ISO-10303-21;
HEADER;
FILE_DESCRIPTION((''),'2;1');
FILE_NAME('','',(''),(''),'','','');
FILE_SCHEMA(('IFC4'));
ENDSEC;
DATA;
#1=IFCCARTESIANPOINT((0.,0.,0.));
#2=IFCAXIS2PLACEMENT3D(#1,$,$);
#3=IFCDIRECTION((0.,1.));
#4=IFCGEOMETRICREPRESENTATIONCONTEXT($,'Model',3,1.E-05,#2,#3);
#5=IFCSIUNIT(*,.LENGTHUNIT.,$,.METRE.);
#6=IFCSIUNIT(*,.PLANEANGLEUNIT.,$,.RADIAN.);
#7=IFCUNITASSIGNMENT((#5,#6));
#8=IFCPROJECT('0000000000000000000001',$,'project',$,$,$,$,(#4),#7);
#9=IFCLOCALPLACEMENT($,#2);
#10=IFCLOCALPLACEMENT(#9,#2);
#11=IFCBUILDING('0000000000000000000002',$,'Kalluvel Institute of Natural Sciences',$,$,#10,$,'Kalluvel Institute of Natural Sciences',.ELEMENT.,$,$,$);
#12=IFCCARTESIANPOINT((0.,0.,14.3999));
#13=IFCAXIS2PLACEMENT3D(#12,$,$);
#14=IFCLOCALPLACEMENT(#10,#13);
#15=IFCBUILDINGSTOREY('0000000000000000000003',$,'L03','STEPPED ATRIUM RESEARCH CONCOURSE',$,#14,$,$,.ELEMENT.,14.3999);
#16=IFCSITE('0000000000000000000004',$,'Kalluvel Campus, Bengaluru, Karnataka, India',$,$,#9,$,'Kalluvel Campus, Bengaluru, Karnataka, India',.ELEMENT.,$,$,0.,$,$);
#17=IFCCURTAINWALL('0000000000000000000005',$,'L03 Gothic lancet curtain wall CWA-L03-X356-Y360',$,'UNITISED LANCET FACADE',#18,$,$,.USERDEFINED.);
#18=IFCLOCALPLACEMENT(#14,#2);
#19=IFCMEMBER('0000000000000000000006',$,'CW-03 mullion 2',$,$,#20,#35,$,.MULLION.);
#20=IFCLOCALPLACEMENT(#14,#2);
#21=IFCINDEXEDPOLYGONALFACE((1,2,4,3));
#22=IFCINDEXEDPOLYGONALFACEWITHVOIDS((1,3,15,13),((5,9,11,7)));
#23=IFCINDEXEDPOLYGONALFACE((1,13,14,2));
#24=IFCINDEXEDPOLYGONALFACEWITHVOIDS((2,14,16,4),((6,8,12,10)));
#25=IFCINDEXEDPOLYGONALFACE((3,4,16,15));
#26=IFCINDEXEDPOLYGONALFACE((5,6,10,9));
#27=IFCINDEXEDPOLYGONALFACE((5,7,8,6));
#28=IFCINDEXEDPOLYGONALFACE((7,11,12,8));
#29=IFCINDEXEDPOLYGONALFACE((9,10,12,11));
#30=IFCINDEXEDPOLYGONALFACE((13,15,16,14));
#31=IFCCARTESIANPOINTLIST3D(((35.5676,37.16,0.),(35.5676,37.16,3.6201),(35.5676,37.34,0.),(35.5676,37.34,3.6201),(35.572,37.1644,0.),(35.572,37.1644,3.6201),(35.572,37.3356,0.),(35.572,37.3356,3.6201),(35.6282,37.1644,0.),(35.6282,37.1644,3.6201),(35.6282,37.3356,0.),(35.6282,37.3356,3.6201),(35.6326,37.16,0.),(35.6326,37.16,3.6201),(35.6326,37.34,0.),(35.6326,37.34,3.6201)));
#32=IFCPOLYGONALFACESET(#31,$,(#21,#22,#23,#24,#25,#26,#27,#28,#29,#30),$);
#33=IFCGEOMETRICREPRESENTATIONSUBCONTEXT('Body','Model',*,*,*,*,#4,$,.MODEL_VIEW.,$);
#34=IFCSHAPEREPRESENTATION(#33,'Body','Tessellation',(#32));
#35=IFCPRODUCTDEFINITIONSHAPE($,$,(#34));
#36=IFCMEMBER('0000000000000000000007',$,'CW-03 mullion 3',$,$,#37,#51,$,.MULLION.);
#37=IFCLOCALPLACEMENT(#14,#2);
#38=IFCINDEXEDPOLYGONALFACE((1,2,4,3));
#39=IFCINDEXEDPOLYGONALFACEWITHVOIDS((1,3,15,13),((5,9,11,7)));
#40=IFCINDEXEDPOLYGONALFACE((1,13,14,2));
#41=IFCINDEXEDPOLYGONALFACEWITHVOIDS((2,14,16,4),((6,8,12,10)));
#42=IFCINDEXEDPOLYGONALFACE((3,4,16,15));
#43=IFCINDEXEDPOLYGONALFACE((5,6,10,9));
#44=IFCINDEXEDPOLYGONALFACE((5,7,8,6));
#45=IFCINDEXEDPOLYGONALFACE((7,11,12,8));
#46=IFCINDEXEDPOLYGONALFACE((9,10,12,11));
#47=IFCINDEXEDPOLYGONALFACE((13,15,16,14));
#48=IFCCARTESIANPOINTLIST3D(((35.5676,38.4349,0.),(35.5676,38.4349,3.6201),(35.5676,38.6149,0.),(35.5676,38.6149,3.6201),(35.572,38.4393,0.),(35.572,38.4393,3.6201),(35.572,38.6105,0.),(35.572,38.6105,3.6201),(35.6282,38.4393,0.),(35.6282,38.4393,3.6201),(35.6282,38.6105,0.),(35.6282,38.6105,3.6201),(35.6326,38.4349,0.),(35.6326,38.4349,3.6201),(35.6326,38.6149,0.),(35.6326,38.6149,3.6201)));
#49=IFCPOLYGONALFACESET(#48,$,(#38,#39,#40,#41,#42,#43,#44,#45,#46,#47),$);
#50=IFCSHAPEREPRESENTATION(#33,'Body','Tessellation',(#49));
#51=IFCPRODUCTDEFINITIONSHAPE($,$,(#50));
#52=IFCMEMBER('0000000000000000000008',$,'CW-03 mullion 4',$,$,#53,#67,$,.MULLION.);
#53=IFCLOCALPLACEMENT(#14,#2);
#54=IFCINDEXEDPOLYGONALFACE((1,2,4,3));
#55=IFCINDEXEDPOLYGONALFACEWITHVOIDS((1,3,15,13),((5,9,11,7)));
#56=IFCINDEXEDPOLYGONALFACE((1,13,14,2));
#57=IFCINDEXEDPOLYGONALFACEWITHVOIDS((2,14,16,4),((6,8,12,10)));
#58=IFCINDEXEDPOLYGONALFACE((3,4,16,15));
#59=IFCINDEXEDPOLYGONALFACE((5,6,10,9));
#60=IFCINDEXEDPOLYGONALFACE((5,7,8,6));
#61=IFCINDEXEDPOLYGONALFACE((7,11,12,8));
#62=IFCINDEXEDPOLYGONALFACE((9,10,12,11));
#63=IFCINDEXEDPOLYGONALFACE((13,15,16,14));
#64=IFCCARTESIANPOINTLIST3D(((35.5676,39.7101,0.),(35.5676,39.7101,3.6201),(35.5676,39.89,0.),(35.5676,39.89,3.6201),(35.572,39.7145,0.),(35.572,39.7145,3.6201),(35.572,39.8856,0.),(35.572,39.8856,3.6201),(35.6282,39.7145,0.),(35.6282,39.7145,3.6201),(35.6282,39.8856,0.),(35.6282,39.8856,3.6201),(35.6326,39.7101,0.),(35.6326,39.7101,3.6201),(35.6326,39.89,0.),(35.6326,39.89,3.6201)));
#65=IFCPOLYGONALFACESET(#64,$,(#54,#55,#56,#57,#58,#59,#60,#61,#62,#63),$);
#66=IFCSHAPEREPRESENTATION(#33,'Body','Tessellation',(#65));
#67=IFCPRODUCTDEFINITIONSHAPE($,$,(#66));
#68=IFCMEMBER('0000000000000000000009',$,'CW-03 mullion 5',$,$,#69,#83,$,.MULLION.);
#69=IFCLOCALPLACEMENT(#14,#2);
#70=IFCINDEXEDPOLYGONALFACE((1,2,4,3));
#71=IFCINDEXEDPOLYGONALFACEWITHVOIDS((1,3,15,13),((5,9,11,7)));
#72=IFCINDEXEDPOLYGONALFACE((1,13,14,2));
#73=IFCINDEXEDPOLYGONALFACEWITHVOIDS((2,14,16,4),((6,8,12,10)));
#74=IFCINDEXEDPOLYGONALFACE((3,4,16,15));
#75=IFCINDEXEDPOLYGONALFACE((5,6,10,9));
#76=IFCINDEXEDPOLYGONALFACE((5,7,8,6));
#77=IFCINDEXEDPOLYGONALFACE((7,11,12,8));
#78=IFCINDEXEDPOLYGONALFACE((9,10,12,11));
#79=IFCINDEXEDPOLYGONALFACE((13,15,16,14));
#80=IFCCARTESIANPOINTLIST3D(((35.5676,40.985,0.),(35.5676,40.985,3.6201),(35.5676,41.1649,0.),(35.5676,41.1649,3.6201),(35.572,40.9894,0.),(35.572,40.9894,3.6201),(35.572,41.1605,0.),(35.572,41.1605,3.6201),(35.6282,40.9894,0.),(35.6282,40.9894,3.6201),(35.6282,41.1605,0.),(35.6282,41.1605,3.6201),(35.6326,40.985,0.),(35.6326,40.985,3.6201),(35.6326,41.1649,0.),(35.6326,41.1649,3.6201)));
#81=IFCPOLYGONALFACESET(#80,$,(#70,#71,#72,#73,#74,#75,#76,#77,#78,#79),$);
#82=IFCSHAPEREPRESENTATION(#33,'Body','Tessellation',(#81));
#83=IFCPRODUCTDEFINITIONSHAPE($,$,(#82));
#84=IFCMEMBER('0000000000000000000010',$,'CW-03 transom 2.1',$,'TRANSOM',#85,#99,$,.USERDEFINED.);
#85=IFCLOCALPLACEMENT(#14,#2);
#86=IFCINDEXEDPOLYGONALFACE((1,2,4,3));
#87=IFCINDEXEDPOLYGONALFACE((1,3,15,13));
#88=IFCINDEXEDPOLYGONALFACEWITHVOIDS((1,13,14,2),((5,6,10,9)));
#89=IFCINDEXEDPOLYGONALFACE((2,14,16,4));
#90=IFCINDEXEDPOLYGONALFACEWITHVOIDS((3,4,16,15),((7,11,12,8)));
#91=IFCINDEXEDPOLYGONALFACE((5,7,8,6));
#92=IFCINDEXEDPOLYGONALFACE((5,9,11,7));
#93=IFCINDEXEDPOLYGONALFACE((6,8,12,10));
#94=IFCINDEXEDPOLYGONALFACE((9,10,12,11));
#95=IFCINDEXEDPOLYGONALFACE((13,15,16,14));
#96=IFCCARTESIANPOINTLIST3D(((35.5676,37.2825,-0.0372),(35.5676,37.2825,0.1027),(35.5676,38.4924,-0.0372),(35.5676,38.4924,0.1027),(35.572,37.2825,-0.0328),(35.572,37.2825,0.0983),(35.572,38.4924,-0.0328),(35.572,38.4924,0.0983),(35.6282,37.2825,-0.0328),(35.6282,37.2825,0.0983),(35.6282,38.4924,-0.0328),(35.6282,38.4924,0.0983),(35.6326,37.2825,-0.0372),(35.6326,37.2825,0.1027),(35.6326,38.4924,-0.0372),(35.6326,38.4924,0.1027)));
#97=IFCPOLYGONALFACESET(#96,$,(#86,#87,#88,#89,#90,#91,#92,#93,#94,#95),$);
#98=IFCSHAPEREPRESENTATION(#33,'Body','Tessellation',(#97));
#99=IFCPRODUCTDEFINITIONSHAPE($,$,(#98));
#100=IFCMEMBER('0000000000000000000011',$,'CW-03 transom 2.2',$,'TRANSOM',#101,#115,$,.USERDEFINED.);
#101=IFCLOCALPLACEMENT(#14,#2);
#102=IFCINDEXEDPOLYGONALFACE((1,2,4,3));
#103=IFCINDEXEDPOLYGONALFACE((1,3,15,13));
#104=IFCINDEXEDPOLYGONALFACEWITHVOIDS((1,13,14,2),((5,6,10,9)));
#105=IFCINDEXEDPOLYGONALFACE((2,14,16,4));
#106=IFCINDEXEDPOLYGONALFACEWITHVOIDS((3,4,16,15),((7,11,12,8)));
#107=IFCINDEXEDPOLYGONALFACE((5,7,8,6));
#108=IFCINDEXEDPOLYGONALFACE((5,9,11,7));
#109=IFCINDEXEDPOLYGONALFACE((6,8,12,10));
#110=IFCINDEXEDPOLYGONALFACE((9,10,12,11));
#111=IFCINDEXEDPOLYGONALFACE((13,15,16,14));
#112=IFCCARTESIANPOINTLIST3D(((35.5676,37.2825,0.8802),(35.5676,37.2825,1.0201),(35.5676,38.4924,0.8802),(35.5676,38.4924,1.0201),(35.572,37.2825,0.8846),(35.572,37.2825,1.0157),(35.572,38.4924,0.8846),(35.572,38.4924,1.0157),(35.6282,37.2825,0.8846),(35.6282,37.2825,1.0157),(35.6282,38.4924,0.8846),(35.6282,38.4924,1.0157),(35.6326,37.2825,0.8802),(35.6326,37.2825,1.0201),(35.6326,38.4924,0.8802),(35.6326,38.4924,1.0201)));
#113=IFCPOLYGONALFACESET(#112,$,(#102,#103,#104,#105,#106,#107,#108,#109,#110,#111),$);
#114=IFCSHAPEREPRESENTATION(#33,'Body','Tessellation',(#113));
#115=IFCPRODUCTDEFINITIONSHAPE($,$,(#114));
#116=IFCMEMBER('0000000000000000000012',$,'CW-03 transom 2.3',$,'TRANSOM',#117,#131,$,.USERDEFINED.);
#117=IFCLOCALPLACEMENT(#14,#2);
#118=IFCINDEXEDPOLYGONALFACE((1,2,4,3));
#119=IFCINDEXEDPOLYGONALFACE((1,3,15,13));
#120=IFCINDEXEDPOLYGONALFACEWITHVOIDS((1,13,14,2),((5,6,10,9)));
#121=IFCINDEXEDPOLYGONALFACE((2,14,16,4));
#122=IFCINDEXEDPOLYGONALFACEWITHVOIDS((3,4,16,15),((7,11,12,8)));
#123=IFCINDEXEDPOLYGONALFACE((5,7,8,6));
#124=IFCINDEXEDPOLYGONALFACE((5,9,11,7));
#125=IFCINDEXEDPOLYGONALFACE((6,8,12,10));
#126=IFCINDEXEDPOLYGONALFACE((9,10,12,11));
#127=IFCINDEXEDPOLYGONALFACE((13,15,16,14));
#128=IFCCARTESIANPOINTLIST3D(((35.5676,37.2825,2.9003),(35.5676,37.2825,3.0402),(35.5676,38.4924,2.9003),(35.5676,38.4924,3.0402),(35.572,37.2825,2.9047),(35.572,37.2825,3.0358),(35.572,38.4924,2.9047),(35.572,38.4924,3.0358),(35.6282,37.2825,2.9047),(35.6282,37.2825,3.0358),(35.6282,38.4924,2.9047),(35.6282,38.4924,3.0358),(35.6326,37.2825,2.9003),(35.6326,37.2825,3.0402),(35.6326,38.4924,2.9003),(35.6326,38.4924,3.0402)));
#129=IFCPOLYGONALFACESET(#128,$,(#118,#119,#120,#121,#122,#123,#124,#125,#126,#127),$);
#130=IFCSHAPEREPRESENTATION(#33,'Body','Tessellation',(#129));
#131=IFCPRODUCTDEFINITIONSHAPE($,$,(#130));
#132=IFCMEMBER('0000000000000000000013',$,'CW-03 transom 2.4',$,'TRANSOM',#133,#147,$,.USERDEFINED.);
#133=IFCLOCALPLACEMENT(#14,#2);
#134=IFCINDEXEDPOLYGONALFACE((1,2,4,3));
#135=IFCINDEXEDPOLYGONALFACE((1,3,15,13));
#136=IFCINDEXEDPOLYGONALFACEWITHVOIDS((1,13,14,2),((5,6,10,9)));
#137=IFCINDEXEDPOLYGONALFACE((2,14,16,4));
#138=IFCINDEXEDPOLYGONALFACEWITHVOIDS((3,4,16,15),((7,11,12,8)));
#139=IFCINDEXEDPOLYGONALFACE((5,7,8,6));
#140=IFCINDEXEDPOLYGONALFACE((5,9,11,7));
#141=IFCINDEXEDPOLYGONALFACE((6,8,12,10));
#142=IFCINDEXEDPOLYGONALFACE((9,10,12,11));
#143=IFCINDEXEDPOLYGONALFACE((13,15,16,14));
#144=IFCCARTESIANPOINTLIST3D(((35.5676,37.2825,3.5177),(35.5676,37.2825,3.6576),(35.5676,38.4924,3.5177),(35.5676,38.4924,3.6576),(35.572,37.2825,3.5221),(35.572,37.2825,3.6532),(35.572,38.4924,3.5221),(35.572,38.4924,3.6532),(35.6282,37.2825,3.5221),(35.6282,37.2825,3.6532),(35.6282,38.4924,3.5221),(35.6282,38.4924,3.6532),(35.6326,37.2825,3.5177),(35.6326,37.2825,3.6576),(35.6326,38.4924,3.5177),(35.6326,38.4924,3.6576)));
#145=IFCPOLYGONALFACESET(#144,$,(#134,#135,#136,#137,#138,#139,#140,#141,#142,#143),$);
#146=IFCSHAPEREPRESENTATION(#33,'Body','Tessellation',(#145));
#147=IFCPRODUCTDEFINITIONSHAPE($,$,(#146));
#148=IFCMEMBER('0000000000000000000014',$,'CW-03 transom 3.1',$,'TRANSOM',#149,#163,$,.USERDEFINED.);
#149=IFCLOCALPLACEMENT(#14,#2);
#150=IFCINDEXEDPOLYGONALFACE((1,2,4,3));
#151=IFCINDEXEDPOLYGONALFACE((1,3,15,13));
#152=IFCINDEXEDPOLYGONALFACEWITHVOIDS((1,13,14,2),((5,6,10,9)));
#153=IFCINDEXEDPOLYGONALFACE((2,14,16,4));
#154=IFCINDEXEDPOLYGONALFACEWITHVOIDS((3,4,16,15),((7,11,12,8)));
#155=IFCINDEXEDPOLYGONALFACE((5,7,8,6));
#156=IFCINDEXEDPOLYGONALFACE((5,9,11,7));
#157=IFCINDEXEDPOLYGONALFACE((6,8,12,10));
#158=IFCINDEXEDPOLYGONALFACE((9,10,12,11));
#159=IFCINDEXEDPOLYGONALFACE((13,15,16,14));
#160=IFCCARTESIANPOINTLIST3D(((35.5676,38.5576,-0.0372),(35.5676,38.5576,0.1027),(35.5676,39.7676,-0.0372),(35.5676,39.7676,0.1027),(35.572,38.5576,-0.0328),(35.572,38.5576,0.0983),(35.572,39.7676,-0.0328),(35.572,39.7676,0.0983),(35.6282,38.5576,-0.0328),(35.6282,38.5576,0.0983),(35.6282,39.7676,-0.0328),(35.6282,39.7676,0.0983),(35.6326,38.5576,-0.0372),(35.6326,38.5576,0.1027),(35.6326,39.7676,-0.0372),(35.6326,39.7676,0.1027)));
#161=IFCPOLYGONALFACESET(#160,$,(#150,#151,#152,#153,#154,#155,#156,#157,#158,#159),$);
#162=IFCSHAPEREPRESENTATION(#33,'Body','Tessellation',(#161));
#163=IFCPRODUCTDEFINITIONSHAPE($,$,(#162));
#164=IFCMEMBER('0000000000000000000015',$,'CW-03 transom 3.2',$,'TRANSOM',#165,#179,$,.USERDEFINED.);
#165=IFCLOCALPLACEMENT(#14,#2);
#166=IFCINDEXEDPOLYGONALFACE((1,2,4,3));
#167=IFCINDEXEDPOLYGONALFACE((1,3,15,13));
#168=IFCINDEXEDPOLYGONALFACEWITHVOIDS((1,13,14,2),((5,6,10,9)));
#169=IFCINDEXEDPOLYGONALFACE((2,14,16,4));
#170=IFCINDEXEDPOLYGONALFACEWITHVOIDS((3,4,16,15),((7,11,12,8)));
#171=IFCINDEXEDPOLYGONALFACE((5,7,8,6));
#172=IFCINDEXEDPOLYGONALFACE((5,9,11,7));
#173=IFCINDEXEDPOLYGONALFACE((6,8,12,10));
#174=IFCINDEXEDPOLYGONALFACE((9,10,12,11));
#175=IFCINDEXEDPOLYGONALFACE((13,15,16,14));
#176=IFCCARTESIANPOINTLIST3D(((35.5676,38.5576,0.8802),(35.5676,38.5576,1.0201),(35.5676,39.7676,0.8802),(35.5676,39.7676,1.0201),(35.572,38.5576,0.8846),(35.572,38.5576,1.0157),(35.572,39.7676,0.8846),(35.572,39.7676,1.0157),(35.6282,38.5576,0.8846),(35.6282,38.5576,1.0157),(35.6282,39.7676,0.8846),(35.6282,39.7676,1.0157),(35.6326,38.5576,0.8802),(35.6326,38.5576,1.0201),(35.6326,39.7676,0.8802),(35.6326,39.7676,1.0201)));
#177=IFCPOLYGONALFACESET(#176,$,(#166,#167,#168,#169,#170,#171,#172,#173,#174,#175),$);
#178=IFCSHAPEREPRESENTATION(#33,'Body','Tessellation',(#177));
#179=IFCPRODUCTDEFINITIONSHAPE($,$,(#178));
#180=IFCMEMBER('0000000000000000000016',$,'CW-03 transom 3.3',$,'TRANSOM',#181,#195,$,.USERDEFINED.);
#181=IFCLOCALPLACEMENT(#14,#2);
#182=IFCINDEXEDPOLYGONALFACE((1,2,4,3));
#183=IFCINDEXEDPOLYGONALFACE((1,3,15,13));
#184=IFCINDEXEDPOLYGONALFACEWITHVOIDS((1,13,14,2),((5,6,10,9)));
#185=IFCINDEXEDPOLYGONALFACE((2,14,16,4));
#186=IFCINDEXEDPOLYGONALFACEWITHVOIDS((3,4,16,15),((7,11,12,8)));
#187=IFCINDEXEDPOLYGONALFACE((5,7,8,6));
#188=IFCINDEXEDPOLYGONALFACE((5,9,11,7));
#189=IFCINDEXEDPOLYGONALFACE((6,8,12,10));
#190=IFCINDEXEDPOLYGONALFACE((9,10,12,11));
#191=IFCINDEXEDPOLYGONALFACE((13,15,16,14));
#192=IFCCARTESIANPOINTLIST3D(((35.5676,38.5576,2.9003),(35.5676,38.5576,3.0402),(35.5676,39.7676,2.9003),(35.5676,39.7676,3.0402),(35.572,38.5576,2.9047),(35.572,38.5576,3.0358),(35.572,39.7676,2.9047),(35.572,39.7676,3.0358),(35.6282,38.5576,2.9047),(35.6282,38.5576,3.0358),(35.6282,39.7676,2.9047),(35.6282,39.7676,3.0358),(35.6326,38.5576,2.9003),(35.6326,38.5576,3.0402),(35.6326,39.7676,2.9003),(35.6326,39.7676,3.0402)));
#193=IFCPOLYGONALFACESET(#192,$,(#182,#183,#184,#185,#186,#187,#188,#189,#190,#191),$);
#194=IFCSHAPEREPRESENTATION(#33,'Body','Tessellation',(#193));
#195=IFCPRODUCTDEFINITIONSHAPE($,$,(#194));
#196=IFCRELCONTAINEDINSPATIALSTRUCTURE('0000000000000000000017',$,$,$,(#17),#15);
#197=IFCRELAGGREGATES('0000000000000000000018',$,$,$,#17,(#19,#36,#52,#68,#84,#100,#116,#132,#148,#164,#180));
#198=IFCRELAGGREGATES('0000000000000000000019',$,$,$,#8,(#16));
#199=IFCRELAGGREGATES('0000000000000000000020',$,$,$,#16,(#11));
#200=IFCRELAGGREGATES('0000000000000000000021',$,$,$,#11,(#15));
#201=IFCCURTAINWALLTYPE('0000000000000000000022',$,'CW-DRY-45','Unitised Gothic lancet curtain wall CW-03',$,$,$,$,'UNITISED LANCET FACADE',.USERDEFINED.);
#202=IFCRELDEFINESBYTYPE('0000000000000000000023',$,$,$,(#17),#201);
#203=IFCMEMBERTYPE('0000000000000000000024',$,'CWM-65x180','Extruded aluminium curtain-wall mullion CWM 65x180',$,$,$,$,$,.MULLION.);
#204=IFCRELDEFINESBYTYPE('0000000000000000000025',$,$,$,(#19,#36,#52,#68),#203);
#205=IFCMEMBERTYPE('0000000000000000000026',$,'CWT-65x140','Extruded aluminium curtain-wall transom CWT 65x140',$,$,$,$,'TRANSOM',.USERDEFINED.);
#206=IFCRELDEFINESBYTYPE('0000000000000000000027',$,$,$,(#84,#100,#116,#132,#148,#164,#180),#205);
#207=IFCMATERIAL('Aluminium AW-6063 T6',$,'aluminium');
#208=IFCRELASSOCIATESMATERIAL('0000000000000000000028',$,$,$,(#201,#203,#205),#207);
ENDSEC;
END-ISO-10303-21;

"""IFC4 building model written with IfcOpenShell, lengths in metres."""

from ifc_helpers import new_model, si_unit, direction, frame, origin, origin_2d, place, context, subcontext, project, spatial, hollow_rectangle, extrude, material, material_profile, profile_set, type_object, element, aggregate, save


model = new_model("IFC4")

# Units and contexts
model_context = context("Model", 3, precision=1e-05, world=origin(), true_north=direction((0.0, 1.0)))
body_context = subcontext(model_context, "Body", "Model", "MODEL_VIEW")
ifc_project = project(units=[si_unit("LENGTHUNIT", "METRE"), si_unit("PLANEANGLEUNIT", "RADIAN")], contexts=[model_context])

# Site, building, storey
site_placement = place(None, origin())
site = spatial("IfcSite", under=ifc_project, at=site_placement, Name="Kalluvel Campus, Bengaluru, Karnataka, India", LongName="Kalluvel Campus, Bengaluru, Karnataka, India", CompositionType="ELEMENT", RefElevation=0.0)
building_placement = place(site_placement, origin())
building = spatial("IfcBuilding", under=site, at=building_placement, Name="Kalluvel Institute of Natural Sciences", LongName="Kalluvel Institute of Natural Sciences", CompositionType="ELEMENT")
storey_placement = place(building_placement, frame((0.0, 0.0, 14.3999)))
storey = spatial("IfcBuildingStorey", under=building, at=storey_placement, Name="L03", Description="STEPPED ATRIUM RESEARCH CONCOURSE", CompositionType="ELEMENT", Elevation=14.3999)

# Curtain wall, members
ifc_material_1 = material(Name="Aluminium AW-6063 T6", Category="aluminium")
curtain_wall_type = type_object("IfcCurtainWallType", Name="CW-DRY-45", Description="Unitised Gothic lancet curtain wall CW-03", ElementType="UNITISED LANCET FACADE", PredefinedType="USERDEFINED", material=ifc_material_1)
curtain_wall_placement = place(storey_placement, origin())
curtain_wall = element("IfcCurtainWall", 1, at=curtain_wall_placement, inside=storey, type_object=curtain_wall_type, Name="L03 Gothic lancet curtain wall CWA-L03-X356-Y360", ObjectType="UNITISED LANCET FACADE", PredefinedType="USERDEFINED")
ifc_material_profile_1 = material_profile(ifc_material_1, hollow_rectangle(XDim=0.0649, YDim=0.1799, WallThickness=0.0044, at=origin_2d()), Name="CWM 65x180")
ifc_profile_set_1 = profile_set([ifc_material_profile_1], Name="Aluminium AW-6063 T6")
member_type_1 = type_object("IfcMemberType", Name="CWM-65x180", Description="Extruded aluminium curtain-wall mullion CWM 65x180", PredefinedType="MULLION", material=ifc_profile_set_1)
member_1_placement = place(storey_placement, frame((35.6001, 37.25, 0.0), z_axis=(0.0, 0.0, 1.0), x_axis=(-1.0, 0.0, 0.0)))
member_1 = element("IfcMember", 2, at=member_1_placement, type_object=member_type_1, Name="CW-03 mullion 2", PredefinedType="MULLION", context=body_context, shape_type="SweptSolid", body=[
    extrude(hollow_rectangle(XDim=0.0649, YDim=0.1799, WallThickness=0.0044, at=origin_2d()), origin(), (0.0, 0.0, 1.0), 3.6201),
])
member_2_placement = place(storey_placement, frame((35.6001, 38.5249, 0.0), z_axis=(0.0, 0.0, 1.0), x_axis=(-1.0, 0.0, 0.0)))
member_2 = element("IfcMember", 3, at=member_2_placement, type_object=member_type_1, Name="CW-03 mullion 3", PredefinedType="MULLION", context=body_context, shape_type="SweptSolid", body=[
    extrude(hollow_rectangle(XDim=0.0649, YDim=0.1799, WallThickness=0.0044, at=origin_2d()), origin(), (0.0, 0.0, 1.0), 3.6201),
])
member_3_placement = place(storey_placement, frame((35.6001, 39.8, 0.0), z_axis=(0.0, 0.0, 1.0), x_axis=(-1.0, 0.0, 0.0)))
member_3 = element("IfcMember", 4, at=member_3_placement, type_object=member_type_1, Name="CW-03 mullion 4", PredefinedType="MULLION", context=body_context, shape_type="SweptSolid", body=[
    extrude(hollow_rectangle(XDim=0.0649, YDim=0.1799, WallThickness=0.0044, at=origin_2d()), origin(), (0.0, 0.0, 1.0), 3.6201),
])
member_4_placement = place(storey_placement, frame((35.6001, 41.075, 0.0), z_axis=(0.0, 0.0, 1.0), x_axis=(-1.0, 0.0, 0.0)))
member_4 = element("IfcMember", 5, at=member_4_placement, type_object=member_type_1, Name="CW-03 mullion 5", PredefinedType="MULLION", context=body_context, shape_type="SweptSolid", body=[
    extrude(hollow_rectangle(XDim=0.0649, YDim=0.1799, WallThickness=0.0044, at=origin_2d()), origin(), (0.0, 0.0, 1.0), 3.6201),
])
ifc_material_profile_2 = material_profile(ifc_material_1, hollow_rectangle(XDim=0.0649, YDim=0.1399, WallThickness=0.0044, at=origin_2d()), Name="CWT 65x140")
ifc_profile_set_2 = profile_set([ifc_material_profile_2], Name="Aluminium AW-6063 T6")
member_type_2 = type_object("IfcMemberType", Name="CWT-65x140", Description="Extruded aluminium curtain-wall transom CWT 65x140", ElementType="TRANSOM", PredefinedType="USERDEFINED", material=ifc_profile_set_2)
member_5_placement = place(storey_placement, frame((35.6001, 37.2825, 0.0327), z_axis=(0.0, 1.0, 0.0), x_axis=(-1.0, 0.0, 0.0)))
member_5 = element("IfcMember", 6, at=member_5_placement, type_object=member_type_2, Name="CW-03 transom 2.1", ObjectType="TRANSOM", PredefinedType="USERDEFINED", context=body_context, shape_type="SweptSolid", body=[
    extrude(hollow_rectangle(XDim=0.0649, YDim=0.1399, WallThickness=0.0044, at=origin_2d()), origin(), (0.0, 0.0, 1.0), 1.21),
])
member_6_placement = place(storey_placement, frame((35.6001, 37.2825, 0.9502), z_axis=(0.0, 1.0, 0.0), x_axis=(-1.0, 0.0, 0.0)))
member_6 = element("IfcMember", 7, at=member_6_placement, type_object=member_type_2, Name="CW-03 transom 2.2", ObjectType="TRANSOM", PredefinedType="USERDEFINED", context=body_context, shape_type="SweptSolid", body=[
    extrude(hollow_rectangle(XDim=0.0649, YDim=0.1399, WallThickness=0.0044, at=origin_2d()), origin(), (0.0, 0.0, 1.0), 1.21),
])
member_7_placement = place(storey_placement, frame((35.6001, 37.2825, 2.9702), z_axis=(0.0, 1.0, 0.0), x_axis=(-1.0, 0.0, 0.0)))
member_7 = element("IfcMember", 8, at=member_7_placement, type_object=member_type_2, Name="CW-03 transom 2.3", ObjectType="TRANSOM", PredefinedType="USERDEFINED", context=body_context, shape_type="SweptSolid", body=[
    extrude(hollow_rectangle(XDim=0.0649, YDim=0.1399, WallThickness=0.0044, at=origin_2d()), origin(), (0.0, 0.0, 1.0), 1.21),
])
member_8_placement = place(storey_placement, frame((35.6001, 37.2825, 3.5876), z_axis=(0.0, 1.0, 0.0), x_axis=(-1.0, 0.0, 0.0)))
member_8 = element("IfcMember", 9, at=member_8_placement, type_object=member_type_2, Name="CW-03 transom 2.4", ObjectType="TRANSOM", PredefinedType="USERDEFINED", context=body_context, shape_type="SweptSolid", body=[
    extrude(hollow_rectangle(XDim=0.0649, YDim=0.1399, WallThickness=0.0044, at=origin_2d()), origin(), (0.0, 0.0, 1.0), 1.21),
])
member_9_placement = place(storey_placement, frame((35.6001, 38.5576, 0.0327), z_axis=(0.0, 1.0, 0.0), x_axis=(-1.0, 0.0, 0.0)))
member_9 = element("IfcMember", 10, at=member_9_placement, type_object=member_type_2, Name="CW-03 transom 3.1", ObjectType="TRANSOM", PredefinedType="USERDEFINED", context=body_context, shape_type="SweptSolid", body=[
    extrude(hollow_rectangle(XDim=0.0649, YDim=0.1399, WallThickness=0.0044, at=origin_2d()), origin(), (0.0, 0.0, 1.0), 1.21),
])
member_10_placement = place(storey_placement, frame((35.6001, 38.5576, 0.9502), z_axis=(0.0, 1.0, 0.0), x_axis=(-1.0, 0.0, 0.0)))
member_10 = element("IfcMember", 11, at=member_10_placement, type_object=member_type_2, Name="CW-03 transom 3.2", ObjectType="TRANSOM", PredefinedType="USERDEFINED", context=body_context, shape_type="SweptSolid", body=[
    extrude(hollow_rectangle(XDim=0.0649, YDim=0.1399, WallThickness=0.0044, at=origin_2d()), origin(), (0.0, 0.0, 1.0), 1.21),
])
member_11_placement = place(storey_placement, frame((35.6001, 38.5576, 2.9702), z_axis=(0.0, 1.0, 0.0), x_axis=(-1.0, 0.0, 0.0)))
member_11 = element("IfcMember", 12, at=member_11_placement, type_object=member_type_2, Name="CW-03 transom 3.3", ObjectType="TRANSOM", PredefinedType="USERDEFINED", context=body_context, shape_type="SweptSolid", body=[
    extrude(hollow_rectangle(XDim=0.0649, YDim=0.1399, WallThickness=0.0044, at=origin_2d()), origin(), (0.0, 0.0, 1.0), 1.21),
])
aggregate(curtain_wall, [member_1, member_2, member_3, member_4, member_5, member_6, member_7, member_8, member_9, member_10, member_11])

save(model, "model.ifc")
